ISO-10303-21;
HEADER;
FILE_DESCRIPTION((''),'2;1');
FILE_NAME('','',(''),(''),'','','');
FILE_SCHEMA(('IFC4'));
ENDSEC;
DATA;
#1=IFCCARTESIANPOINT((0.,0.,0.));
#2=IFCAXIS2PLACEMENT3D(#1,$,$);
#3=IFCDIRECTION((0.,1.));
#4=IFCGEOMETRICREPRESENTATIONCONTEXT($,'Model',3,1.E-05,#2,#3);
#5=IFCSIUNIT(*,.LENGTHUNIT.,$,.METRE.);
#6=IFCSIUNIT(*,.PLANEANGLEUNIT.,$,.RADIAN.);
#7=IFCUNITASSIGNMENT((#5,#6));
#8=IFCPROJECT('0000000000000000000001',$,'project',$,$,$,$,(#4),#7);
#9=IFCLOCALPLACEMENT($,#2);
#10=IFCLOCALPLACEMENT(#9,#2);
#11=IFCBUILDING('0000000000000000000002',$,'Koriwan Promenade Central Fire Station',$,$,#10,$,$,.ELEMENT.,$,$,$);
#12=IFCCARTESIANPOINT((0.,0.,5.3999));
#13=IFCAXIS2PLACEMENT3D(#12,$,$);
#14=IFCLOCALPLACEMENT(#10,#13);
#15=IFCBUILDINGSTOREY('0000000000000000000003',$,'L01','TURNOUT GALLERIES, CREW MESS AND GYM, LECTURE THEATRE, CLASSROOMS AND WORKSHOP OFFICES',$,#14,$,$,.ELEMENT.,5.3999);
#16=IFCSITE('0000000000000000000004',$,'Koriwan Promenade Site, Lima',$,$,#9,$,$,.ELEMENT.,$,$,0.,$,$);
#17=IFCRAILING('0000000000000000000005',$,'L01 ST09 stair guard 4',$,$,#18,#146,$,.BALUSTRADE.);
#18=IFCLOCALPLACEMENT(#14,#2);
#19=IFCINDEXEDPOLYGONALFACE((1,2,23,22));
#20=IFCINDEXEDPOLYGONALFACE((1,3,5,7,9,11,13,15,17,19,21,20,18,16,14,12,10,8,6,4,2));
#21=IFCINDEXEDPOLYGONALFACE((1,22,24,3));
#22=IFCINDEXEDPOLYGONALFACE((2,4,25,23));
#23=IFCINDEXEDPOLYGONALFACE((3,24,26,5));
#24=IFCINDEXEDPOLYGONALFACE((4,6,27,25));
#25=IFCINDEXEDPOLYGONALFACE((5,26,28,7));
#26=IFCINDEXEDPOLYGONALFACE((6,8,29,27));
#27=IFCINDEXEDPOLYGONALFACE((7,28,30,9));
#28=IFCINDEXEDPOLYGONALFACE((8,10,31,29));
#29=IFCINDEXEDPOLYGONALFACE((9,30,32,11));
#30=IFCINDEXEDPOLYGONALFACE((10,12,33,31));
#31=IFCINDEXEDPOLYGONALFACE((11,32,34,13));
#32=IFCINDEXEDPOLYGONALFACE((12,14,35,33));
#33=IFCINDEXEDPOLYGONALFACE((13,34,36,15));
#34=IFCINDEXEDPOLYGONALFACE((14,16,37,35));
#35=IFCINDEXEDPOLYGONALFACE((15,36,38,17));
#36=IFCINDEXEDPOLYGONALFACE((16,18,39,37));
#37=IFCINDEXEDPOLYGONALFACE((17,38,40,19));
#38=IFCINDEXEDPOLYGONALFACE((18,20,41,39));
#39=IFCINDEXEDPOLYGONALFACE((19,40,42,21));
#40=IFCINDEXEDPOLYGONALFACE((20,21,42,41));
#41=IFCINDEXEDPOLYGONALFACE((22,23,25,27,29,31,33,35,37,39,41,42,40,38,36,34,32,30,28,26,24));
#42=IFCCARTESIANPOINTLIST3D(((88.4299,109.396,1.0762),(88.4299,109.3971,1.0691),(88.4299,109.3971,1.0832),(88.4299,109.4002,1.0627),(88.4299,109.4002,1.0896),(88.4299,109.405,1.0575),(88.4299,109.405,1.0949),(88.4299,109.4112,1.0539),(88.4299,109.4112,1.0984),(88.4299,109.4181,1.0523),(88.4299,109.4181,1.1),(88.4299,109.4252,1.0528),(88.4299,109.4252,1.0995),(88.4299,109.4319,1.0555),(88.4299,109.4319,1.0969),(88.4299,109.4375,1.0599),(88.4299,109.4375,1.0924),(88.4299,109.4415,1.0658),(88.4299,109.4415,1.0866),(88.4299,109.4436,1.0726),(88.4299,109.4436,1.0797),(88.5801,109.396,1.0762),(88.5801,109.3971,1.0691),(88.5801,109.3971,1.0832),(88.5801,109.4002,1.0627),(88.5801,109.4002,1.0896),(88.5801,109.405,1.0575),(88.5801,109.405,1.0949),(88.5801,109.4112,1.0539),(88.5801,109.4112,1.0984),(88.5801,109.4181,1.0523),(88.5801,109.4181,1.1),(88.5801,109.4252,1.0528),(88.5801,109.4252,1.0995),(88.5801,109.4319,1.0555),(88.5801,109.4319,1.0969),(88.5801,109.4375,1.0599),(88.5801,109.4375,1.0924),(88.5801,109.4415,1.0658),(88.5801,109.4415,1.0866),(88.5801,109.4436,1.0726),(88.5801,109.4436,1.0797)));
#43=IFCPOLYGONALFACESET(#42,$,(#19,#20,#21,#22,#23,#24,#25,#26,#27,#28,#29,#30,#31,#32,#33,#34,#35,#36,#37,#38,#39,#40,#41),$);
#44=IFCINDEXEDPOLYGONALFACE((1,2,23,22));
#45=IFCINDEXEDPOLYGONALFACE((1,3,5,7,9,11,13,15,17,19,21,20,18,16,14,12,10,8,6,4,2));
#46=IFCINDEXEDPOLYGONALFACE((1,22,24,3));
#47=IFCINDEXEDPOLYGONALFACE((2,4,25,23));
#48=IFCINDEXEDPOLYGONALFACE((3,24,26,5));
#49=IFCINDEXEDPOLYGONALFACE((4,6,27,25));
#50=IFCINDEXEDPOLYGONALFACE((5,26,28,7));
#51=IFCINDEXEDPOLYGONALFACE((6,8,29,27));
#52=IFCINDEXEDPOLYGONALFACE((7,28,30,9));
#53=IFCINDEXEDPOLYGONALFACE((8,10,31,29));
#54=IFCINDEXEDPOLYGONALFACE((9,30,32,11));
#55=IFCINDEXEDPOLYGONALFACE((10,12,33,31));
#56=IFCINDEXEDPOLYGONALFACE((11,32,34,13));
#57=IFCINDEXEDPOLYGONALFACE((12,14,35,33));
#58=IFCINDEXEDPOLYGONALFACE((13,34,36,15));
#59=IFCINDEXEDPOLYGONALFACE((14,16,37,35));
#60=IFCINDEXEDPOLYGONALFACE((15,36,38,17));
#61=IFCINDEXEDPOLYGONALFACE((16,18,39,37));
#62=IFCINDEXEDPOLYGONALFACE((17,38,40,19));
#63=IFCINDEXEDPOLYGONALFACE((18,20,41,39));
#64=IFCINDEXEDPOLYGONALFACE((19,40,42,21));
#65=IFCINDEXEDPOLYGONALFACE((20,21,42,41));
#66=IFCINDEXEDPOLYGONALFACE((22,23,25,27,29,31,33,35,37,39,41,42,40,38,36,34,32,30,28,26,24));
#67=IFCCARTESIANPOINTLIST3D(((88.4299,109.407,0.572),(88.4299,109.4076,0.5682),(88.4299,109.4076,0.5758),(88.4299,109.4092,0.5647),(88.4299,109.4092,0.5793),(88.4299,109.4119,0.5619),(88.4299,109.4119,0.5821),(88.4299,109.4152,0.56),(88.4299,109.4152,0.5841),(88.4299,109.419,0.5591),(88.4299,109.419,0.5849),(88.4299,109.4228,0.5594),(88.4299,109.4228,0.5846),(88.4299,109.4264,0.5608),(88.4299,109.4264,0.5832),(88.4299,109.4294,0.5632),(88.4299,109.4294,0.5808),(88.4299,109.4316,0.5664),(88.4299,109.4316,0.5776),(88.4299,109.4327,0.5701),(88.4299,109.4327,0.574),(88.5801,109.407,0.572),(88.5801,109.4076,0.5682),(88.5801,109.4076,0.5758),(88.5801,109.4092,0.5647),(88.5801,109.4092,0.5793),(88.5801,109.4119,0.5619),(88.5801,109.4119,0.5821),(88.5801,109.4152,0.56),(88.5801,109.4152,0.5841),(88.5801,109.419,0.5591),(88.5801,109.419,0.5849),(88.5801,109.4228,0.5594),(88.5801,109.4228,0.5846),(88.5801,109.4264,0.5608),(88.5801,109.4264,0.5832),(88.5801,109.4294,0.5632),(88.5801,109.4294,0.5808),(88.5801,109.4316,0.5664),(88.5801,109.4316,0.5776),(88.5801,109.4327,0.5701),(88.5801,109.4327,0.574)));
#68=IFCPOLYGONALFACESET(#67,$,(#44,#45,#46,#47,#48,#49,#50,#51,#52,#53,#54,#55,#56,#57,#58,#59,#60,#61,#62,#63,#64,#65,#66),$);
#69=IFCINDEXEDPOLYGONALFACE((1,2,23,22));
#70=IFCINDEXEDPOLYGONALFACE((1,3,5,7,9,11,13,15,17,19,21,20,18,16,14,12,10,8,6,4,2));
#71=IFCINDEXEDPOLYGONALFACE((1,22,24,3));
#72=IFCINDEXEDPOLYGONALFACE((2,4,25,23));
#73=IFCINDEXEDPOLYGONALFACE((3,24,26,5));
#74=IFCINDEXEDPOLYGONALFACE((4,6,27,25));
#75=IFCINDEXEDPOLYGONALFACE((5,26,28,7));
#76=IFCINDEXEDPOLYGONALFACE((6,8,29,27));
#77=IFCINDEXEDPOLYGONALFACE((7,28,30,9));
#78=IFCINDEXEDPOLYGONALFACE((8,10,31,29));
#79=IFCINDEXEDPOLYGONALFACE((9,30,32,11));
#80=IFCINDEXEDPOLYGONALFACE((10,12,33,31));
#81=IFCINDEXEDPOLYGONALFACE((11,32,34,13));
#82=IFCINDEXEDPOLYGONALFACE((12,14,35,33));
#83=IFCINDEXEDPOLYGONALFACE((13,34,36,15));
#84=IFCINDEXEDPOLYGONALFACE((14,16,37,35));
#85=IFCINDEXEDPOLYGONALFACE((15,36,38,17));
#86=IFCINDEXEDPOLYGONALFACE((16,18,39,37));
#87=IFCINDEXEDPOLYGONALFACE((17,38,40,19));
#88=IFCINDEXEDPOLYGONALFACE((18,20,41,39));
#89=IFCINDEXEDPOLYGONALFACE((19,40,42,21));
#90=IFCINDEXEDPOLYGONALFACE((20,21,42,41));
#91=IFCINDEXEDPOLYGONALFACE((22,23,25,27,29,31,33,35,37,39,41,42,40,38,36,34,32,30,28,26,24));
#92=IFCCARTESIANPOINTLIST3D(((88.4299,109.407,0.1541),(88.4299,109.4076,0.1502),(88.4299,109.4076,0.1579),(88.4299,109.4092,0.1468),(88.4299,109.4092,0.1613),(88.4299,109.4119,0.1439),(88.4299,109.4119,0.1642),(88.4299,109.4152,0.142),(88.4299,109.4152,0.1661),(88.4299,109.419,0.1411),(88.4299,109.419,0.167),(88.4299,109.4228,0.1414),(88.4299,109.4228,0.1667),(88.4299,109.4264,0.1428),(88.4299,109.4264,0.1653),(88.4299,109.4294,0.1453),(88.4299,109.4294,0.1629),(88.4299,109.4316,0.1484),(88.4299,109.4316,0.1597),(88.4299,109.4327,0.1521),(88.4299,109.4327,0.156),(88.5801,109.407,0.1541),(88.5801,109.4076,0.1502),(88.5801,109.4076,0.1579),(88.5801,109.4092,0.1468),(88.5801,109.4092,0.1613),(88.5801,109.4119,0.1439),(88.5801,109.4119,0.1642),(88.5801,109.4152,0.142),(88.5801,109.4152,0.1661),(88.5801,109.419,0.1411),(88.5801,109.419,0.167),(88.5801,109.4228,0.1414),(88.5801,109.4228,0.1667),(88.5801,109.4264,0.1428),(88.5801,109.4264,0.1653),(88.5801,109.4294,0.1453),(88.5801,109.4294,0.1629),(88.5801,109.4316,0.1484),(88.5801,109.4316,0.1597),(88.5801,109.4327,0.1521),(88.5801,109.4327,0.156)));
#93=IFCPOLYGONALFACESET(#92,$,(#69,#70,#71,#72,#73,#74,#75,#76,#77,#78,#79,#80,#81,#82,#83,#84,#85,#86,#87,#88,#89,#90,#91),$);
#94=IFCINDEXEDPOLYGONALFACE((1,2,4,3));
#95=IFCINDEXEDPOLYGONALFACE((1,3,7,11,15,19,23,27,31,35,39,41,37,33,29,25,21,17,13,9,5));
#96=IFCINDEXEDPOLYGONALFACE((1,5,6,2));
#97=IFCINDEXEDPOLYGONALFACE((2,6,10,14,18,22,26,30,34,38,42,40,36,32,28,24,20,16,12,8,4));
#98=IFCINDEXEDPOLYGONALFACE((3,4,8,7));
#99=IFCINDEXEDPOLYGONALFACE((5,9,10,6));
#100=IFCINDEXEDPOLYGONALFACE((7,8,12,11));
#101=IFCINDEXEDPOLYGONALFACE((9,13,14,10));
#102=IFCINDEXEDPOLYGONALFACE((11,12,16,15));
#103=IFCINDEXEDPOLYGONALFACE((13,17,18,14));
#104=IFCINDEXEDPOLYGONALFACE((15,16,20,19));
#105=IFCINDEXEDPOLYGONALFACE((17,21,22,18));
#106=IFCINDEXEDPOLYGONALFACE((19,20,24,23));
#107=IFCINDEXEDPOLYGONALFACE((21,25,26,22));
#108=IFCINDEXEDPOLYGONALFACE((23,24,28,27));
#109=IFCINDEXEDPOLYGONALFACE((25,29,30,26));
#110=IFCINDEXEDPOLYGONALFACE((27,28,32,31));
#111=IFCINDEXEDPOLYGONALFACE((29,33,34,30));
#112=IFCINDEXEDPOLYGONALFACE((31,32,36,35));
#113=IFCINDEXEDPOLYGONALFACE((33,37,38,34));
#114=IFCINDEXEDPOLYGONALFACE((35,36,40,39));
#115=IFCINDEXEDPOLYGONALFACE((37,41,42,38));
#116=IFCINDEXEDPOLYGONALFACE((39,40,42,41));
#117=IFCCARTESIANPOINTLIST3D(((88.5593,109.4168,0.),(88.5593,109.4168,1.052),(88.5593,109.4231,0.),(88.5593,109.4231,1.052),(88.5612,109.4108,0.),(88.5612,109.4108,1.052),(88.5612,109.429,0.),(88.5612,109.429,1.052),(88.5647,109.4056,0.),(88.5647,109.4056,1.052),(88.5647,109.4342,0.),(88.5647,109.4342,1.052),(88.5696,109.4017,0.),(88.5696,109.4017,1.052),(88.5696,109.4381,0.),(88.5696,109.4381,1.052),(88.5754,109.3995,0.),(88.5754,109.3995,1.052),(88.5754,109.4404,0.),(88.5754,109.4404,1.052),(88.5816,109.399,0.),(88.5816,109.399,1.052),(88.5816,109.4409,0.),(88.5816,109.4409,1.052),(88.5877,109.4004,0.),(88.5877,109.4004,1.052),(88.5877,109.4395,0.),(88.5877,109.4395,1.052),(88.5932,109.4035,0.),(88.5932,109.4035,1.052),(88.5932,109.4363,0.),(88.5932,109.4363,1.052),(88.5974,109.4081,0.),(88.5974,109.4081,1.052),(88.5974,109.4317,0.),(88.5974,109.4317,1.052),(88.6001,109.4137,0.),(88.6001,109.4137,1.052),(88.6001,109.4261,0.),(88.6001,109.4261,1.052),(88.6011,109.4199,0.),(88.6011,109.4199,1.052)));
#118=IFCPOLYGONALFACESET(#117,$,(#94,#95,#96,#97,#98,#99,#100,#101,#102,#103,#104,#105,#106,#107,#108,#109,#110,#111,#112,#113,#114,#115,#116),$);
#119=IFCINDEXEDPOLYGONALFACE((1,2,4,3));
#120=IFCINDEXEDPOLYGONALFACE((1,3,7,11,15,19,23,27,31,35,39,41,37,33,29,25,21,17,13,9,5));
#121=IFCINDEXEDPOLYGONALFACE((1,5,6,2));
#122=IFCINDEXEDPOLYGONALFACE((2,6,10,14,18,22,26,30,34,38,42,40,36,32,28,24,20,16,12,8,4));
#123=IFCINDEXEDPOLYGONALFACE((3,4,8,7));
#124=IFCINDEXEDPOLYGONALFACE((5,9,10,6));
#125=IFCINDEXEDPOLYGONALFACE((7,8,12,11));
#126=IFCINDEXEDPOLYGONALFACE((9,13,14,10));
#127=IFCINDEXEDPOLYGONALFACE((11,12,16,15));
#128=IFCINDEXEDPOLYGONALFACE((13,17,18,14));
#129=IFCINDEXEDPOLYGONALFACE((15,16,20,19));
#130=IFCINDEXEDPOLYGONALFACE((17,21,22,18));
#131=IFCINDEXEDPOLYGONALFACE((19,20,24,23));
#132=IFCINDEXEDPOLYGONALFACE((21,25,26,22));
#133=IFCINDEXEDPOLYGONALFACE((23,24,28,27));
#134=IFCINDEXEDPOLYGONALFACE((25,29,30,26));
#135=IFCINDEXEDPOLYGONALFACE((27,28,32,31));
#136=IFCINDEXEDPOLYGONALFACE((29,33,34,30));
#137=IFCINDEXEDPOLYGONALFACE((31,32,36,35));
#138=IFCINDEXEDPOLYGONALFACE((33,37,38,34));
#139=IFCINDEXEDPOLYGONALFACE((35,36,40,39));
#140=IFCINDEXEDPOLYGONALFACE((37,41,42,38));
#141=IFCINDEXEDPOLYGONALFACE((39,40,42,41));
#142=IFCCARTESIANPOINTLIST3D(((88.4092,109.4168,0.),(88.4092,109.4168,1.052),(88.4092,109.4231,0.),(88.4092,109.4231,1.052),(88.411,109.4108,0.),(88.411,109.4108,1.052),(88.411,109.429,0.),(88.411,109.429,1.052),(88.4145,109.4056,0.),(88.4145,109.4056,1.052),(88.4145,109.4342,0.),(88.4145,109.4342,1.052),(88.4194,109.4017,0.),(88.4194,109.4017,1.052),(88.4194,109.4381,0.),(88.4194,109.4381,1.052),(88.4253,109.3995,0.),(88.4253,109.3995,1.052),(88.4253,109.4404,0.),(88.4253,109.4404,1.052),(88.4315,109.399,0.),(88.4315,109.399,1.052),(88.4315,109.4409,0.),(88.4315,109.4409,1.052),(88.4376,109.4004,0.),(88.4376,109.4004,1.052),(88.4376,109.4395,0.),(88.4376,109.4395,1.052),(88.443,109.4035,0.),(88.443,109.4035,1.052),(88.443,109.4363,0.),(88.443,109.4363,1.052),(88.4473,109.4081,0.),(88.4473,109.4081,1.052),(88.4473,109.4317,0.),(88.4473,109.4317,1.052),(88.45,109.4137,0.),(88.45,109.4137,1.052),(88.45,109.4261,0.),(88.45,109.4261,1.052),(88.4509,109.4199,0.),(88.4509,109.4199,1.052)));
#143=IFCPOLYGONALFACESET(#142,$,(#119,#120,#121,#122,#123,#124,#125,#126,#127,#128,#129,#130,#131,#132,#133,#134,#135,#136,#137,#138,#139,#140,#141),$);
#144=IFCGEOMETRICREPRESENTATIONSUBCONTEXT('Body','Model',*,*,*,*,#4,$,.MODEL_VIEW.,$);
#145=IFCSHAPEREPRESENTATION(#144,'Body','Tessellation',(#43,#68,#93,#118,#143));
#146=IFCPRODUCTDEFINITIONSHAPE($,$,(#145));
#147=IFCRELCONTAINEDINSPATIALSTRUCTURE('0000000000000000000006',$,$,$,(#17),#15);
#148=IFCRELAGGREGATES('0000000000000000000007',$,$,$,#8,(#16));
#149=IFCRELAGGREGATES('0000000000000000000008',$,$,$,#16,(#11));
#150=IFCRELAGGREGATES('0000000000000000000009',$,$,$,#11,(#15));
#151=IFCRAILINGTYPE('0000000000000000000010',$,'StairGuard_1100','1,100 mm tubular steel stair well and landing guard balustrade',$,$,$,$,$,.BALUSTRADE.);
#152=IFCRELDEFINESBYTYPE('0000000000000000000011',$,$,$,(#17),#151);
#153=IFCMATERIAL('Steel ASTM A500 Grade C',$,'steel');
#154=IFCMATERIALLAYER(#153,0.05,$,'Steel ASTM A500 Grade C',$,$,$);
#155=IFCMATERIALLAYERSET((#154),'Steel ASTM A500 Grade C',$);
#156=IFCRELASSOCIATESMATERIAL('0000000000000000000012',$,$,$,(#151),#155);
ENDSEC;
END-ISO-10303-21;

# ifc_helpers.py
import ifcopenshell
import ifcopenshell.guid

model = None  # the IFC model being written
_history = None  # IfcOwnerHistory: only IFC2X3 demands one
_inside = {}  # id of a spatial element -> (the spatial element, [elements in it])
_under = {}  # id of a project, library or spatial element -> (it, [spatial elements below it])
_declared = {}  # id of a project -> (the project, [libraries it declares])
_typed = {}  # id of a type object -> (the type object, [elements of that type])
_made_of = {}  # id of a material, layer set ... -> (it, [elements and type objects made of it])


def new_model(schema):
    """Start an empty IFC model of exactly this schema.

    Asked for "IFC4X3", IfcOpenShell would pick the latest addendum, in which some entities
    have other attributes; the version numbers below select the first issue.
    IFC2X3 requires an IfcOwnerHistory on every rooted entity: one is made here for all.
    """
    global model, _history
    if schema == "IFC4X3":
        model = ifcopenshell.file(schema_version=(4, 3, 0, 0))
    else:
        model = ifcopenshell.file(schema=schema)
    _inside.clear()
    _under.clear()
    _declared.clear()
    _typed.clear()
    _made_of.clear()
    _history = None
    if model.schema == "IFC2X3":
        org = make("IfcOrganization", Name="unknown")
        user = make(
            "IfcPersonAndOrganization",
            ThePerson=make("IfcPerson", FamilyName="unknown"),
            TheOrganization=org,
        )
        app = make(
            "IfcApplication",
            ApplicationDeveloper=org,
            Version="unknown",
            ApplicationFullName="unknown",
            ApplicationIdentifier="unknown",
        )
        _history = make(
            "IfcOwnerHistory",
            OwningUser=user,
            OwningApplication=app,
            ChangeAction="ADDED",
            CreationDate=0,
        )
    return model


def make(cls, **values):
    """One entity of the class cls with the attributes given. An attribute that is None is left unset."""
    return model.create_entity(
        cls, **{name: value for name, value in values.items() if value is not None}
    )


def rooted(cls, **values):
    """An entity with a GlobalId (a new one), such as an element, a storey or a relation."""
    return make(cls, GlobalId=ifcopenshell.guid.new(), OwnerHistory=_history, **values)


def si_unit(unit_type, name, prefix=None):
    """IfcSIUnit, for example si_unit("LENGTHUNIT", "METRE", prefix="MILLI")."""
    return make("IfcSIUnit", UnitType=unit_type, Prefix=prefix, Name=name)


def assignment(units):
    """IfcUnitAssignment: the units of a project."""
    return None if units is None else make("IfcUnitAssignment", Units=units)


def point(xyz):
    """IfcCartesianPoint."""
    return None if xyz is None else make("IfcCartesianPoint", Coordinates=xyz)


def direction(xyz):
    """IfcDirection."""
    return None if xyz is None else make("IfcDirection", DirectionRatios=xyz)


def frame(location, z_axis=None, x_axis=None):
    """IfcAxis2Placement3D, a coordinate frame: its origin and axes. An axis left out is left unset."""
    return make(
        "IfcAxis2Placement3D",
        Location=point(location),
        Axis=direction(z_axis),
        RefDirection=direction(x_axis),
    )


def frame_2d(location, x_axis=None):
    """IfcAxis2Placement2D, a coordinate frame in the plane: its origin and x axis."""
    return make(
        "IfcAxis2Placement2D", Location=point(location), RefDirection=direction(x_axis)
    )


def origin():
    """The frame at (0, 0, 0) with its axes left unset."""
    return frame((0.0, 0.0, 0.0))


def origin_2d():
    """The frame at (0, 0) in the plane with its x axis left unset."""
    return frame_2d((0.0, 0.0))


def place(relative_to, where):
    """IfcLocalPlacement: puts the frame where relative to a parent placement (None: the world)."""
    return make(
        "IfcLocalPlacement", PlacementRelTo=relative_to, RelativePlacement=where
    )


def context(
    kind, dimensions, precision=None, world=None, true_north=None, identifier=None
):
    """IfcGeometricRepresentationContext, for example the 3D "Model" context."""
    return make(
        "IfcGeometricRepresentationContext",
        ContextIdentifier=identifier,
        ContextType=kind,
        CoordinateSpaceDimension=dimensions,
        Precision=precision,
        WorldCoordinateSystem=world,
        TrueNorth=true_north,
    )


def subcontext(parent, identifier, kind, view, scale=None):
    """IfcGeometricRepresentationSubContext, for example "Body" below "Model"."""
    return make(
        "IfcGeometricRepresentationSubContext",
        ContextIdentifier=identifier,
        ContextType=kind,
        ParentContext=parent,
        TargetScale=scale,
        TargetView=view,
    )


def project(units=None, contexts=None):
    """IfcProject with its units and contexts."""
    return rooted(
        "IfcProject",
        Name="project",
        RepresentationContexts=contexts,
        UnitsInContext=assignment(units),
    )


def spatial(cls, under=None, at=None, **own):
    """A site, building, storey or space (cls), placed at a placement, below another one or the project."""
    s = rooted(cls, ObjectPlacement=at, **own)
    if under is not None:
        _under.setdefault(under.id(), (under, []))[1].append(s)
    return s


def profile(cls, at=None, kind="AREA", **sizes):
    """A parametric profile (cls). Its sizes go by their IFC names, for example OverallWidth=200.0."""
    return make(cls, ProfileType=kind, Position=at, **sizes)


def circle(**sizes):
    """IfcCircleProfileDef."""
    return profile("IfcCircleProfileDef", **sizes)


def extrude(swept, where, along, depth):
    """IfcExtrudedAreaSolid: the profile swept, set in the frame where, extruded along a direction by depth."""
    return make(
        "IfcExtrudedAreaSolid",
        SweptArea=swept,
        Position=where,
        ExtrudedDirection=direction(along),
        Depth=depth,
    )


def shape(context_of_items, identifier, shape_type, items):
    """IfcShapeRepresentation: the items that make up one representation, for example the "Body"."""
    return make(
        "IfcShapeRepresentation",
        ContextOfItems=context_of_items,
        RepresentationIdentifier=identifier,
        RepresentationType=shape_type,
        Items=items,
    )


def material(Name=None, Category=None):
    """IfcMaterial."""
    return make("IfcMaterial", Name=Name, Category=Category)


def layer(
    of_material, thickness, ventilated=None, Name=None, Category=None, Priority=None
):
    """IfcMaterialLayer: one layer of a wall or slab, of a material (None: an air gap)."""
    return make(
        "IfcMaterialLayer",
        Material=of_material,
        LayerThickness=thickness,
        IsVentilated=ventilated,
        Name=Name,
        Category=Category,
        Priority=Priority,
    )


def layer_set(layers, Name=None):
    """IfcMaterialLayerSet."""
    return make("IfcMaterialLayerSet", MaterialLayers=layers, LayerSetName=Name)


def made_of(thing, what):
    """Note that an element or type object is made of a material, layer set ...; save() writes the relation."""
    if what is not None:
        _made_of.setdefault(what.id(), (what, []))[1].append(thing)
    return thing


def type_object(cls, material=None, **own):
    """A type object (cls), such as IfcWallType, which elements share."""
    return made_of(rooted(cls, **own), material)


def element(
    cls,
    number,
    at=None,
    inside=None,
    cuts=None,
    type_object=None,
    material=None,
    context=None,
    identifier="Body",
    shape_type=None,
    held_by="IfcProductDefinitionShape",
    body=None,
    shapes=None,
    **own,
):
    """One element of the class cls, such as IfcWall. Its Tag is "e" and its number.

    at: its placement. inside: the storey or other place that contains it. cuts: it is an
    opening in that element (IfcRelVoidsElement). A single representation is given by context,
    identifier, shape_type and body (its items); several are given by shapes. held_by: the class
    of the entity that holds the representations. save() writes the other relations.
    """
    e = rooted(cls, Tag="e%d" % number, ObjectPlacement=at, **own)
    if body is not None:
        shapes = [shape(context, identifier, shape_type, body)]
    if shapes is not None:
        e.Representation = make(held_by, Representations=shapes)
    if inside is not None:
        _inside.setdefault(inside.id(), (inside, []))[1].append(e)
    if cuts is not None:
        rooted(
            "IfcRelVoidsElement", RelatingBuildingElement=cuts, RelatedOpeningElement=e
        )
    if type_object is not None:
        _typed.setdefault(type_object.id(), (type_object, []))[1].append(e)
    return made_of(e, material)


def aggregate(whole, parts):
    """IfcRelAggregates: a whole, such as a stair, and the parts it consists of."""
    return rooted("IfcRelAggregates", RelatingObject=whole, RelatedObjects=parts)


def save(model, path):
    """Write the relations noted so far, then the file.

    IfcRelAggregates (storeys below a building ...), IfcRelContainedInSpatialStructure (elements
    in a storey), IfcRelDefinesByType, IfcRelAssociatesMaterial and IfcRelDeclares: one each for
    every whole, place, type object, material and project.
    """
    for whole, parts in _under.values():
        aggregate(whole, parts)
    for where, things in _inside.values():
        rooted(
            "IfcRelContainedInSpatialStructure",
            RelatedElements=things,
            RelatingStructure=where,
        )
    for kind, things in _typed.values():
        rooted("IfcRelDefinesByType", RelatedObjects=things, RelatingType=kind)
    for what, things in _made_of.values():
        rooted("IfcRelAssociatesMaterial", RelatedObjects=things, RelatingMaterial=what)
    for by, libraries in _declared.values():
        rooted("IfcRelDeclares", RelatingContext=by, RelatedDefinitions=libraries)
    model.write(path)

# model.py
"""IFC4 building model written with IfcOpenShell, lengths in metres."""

from ifc_helpers import new_model, si_unit, direction, frame, origin, origin_2d, place, context, subcontext, project, spatial, circle, extrude, material, layer, layer_set, type_object, element, save


model = new_model("IFC4")

# Units and contexts
model_context = context("Model", 3, precision=1e-05, world=origin(), true_north=direction((0.0, 1.0)))
body_context = subcontext(model_context, "Body", "Model", "MODEL_VIEW")
ifc_project = project(units=[si_unit("LENGTHUNIT", "METRE"), si_unit("PLANEANGLEUNIT", "RADIAN")], contexts=[model_context])

# Site, building, storey
site_placement = place(None, origin())
site = spatial("IfcSite", under=ifc_project, at=site_placement, Name="Koriwan Promenade Site, Lima", CompositionType="ELEMENT", RefElevation=0.0)
building_placement = place(site_placement, origin())
building = spatial("IfcBuilding", under=site, at=building_placement, Name="Koriwan Promenade Central Fire Station", CompositionType="ELEMENT")
storey_placement = place(building_placement, frame((0.0, 0.0, 5.3999)))
storey = spatial("IfcBuildingStorey", under=building, at=storey_placement, Name="L01", Description="TURNOUT GALLERIES, CREW MESS AND GYM, LECTURE THEATRE, CLASSROOMS AND WORKSHOP OFFICES", CompositionType="ELEMENT", Elevation=5.3999)

# Railing
ifc_material_1 = material(Name="Steel ASTM A500 Grade C", Category="steel")
ifc_layer_1 = layer(ifc_material_1, 0.05, Name="Steel ASTM A500 Grade C")
ifc_layer_set_1 = layer_set([ifc_layer_1], Name="Steel ASTM A500 Grade C")
railing_type_1 = type_object("IfcRailingType", Name="StairGuard_1100", Description="1,100 mm tubular steel stair well and landing guard balustrade", PredefinedType="BALUSTRADE", material=ifc_layer_set_1)
railing_1_placement = place(storey_placement, frame((88.5801, 109.4199, 0.0)))
element("IfcRailing", 1, at=railing_1_placement, inside=storey, type_object=railing_type_1, Name="L01 ST09 stair guard 4", PredefinedType="BALUSTRADE", context=body_context, shape_type="SweptSolid", body=[
    extrude(circle(Radius=0.0239, at=origin_2d()), frame((0.0, 0.0, 1.0762), z_axis=(-1.0, 0.0, 0.0), x_axis=(0.0, -1.0, 0.0)), (0.0, 0.0, 1.0), 0.1501),
    extrude(circle(Radius=0.0129, at=origin_2d()), frame((0.0, 0.0, 0.572), z_axis=(-1.0, 0.0, 0.0), x_axis=(0.0, -1.0, 0.0)), (0.0, 0.0, 1.0), 0.1501),
    extrude(circle(Radius=0.0129, at=origin_2d()), frame((0.0, 0.0, 0.1541), z_axis=(-1.0, 0.0, 0.0), x_axis=(0.0, -1.0, 0.0)), (0.0, 0.0, 1.0), 0.1501),
    extrude(circle(Radius=0.021, at=origin_2d()), origin(), (0.0, 0.0, 1.0), 1.052),
    extrude(circle(Radius=0.021, at=origin_2d()), frame((-0.1501, 0.0, 0.0)), (0.0, 0.0, 1.0), 1.052),
])

save(model, "model.ifc")
